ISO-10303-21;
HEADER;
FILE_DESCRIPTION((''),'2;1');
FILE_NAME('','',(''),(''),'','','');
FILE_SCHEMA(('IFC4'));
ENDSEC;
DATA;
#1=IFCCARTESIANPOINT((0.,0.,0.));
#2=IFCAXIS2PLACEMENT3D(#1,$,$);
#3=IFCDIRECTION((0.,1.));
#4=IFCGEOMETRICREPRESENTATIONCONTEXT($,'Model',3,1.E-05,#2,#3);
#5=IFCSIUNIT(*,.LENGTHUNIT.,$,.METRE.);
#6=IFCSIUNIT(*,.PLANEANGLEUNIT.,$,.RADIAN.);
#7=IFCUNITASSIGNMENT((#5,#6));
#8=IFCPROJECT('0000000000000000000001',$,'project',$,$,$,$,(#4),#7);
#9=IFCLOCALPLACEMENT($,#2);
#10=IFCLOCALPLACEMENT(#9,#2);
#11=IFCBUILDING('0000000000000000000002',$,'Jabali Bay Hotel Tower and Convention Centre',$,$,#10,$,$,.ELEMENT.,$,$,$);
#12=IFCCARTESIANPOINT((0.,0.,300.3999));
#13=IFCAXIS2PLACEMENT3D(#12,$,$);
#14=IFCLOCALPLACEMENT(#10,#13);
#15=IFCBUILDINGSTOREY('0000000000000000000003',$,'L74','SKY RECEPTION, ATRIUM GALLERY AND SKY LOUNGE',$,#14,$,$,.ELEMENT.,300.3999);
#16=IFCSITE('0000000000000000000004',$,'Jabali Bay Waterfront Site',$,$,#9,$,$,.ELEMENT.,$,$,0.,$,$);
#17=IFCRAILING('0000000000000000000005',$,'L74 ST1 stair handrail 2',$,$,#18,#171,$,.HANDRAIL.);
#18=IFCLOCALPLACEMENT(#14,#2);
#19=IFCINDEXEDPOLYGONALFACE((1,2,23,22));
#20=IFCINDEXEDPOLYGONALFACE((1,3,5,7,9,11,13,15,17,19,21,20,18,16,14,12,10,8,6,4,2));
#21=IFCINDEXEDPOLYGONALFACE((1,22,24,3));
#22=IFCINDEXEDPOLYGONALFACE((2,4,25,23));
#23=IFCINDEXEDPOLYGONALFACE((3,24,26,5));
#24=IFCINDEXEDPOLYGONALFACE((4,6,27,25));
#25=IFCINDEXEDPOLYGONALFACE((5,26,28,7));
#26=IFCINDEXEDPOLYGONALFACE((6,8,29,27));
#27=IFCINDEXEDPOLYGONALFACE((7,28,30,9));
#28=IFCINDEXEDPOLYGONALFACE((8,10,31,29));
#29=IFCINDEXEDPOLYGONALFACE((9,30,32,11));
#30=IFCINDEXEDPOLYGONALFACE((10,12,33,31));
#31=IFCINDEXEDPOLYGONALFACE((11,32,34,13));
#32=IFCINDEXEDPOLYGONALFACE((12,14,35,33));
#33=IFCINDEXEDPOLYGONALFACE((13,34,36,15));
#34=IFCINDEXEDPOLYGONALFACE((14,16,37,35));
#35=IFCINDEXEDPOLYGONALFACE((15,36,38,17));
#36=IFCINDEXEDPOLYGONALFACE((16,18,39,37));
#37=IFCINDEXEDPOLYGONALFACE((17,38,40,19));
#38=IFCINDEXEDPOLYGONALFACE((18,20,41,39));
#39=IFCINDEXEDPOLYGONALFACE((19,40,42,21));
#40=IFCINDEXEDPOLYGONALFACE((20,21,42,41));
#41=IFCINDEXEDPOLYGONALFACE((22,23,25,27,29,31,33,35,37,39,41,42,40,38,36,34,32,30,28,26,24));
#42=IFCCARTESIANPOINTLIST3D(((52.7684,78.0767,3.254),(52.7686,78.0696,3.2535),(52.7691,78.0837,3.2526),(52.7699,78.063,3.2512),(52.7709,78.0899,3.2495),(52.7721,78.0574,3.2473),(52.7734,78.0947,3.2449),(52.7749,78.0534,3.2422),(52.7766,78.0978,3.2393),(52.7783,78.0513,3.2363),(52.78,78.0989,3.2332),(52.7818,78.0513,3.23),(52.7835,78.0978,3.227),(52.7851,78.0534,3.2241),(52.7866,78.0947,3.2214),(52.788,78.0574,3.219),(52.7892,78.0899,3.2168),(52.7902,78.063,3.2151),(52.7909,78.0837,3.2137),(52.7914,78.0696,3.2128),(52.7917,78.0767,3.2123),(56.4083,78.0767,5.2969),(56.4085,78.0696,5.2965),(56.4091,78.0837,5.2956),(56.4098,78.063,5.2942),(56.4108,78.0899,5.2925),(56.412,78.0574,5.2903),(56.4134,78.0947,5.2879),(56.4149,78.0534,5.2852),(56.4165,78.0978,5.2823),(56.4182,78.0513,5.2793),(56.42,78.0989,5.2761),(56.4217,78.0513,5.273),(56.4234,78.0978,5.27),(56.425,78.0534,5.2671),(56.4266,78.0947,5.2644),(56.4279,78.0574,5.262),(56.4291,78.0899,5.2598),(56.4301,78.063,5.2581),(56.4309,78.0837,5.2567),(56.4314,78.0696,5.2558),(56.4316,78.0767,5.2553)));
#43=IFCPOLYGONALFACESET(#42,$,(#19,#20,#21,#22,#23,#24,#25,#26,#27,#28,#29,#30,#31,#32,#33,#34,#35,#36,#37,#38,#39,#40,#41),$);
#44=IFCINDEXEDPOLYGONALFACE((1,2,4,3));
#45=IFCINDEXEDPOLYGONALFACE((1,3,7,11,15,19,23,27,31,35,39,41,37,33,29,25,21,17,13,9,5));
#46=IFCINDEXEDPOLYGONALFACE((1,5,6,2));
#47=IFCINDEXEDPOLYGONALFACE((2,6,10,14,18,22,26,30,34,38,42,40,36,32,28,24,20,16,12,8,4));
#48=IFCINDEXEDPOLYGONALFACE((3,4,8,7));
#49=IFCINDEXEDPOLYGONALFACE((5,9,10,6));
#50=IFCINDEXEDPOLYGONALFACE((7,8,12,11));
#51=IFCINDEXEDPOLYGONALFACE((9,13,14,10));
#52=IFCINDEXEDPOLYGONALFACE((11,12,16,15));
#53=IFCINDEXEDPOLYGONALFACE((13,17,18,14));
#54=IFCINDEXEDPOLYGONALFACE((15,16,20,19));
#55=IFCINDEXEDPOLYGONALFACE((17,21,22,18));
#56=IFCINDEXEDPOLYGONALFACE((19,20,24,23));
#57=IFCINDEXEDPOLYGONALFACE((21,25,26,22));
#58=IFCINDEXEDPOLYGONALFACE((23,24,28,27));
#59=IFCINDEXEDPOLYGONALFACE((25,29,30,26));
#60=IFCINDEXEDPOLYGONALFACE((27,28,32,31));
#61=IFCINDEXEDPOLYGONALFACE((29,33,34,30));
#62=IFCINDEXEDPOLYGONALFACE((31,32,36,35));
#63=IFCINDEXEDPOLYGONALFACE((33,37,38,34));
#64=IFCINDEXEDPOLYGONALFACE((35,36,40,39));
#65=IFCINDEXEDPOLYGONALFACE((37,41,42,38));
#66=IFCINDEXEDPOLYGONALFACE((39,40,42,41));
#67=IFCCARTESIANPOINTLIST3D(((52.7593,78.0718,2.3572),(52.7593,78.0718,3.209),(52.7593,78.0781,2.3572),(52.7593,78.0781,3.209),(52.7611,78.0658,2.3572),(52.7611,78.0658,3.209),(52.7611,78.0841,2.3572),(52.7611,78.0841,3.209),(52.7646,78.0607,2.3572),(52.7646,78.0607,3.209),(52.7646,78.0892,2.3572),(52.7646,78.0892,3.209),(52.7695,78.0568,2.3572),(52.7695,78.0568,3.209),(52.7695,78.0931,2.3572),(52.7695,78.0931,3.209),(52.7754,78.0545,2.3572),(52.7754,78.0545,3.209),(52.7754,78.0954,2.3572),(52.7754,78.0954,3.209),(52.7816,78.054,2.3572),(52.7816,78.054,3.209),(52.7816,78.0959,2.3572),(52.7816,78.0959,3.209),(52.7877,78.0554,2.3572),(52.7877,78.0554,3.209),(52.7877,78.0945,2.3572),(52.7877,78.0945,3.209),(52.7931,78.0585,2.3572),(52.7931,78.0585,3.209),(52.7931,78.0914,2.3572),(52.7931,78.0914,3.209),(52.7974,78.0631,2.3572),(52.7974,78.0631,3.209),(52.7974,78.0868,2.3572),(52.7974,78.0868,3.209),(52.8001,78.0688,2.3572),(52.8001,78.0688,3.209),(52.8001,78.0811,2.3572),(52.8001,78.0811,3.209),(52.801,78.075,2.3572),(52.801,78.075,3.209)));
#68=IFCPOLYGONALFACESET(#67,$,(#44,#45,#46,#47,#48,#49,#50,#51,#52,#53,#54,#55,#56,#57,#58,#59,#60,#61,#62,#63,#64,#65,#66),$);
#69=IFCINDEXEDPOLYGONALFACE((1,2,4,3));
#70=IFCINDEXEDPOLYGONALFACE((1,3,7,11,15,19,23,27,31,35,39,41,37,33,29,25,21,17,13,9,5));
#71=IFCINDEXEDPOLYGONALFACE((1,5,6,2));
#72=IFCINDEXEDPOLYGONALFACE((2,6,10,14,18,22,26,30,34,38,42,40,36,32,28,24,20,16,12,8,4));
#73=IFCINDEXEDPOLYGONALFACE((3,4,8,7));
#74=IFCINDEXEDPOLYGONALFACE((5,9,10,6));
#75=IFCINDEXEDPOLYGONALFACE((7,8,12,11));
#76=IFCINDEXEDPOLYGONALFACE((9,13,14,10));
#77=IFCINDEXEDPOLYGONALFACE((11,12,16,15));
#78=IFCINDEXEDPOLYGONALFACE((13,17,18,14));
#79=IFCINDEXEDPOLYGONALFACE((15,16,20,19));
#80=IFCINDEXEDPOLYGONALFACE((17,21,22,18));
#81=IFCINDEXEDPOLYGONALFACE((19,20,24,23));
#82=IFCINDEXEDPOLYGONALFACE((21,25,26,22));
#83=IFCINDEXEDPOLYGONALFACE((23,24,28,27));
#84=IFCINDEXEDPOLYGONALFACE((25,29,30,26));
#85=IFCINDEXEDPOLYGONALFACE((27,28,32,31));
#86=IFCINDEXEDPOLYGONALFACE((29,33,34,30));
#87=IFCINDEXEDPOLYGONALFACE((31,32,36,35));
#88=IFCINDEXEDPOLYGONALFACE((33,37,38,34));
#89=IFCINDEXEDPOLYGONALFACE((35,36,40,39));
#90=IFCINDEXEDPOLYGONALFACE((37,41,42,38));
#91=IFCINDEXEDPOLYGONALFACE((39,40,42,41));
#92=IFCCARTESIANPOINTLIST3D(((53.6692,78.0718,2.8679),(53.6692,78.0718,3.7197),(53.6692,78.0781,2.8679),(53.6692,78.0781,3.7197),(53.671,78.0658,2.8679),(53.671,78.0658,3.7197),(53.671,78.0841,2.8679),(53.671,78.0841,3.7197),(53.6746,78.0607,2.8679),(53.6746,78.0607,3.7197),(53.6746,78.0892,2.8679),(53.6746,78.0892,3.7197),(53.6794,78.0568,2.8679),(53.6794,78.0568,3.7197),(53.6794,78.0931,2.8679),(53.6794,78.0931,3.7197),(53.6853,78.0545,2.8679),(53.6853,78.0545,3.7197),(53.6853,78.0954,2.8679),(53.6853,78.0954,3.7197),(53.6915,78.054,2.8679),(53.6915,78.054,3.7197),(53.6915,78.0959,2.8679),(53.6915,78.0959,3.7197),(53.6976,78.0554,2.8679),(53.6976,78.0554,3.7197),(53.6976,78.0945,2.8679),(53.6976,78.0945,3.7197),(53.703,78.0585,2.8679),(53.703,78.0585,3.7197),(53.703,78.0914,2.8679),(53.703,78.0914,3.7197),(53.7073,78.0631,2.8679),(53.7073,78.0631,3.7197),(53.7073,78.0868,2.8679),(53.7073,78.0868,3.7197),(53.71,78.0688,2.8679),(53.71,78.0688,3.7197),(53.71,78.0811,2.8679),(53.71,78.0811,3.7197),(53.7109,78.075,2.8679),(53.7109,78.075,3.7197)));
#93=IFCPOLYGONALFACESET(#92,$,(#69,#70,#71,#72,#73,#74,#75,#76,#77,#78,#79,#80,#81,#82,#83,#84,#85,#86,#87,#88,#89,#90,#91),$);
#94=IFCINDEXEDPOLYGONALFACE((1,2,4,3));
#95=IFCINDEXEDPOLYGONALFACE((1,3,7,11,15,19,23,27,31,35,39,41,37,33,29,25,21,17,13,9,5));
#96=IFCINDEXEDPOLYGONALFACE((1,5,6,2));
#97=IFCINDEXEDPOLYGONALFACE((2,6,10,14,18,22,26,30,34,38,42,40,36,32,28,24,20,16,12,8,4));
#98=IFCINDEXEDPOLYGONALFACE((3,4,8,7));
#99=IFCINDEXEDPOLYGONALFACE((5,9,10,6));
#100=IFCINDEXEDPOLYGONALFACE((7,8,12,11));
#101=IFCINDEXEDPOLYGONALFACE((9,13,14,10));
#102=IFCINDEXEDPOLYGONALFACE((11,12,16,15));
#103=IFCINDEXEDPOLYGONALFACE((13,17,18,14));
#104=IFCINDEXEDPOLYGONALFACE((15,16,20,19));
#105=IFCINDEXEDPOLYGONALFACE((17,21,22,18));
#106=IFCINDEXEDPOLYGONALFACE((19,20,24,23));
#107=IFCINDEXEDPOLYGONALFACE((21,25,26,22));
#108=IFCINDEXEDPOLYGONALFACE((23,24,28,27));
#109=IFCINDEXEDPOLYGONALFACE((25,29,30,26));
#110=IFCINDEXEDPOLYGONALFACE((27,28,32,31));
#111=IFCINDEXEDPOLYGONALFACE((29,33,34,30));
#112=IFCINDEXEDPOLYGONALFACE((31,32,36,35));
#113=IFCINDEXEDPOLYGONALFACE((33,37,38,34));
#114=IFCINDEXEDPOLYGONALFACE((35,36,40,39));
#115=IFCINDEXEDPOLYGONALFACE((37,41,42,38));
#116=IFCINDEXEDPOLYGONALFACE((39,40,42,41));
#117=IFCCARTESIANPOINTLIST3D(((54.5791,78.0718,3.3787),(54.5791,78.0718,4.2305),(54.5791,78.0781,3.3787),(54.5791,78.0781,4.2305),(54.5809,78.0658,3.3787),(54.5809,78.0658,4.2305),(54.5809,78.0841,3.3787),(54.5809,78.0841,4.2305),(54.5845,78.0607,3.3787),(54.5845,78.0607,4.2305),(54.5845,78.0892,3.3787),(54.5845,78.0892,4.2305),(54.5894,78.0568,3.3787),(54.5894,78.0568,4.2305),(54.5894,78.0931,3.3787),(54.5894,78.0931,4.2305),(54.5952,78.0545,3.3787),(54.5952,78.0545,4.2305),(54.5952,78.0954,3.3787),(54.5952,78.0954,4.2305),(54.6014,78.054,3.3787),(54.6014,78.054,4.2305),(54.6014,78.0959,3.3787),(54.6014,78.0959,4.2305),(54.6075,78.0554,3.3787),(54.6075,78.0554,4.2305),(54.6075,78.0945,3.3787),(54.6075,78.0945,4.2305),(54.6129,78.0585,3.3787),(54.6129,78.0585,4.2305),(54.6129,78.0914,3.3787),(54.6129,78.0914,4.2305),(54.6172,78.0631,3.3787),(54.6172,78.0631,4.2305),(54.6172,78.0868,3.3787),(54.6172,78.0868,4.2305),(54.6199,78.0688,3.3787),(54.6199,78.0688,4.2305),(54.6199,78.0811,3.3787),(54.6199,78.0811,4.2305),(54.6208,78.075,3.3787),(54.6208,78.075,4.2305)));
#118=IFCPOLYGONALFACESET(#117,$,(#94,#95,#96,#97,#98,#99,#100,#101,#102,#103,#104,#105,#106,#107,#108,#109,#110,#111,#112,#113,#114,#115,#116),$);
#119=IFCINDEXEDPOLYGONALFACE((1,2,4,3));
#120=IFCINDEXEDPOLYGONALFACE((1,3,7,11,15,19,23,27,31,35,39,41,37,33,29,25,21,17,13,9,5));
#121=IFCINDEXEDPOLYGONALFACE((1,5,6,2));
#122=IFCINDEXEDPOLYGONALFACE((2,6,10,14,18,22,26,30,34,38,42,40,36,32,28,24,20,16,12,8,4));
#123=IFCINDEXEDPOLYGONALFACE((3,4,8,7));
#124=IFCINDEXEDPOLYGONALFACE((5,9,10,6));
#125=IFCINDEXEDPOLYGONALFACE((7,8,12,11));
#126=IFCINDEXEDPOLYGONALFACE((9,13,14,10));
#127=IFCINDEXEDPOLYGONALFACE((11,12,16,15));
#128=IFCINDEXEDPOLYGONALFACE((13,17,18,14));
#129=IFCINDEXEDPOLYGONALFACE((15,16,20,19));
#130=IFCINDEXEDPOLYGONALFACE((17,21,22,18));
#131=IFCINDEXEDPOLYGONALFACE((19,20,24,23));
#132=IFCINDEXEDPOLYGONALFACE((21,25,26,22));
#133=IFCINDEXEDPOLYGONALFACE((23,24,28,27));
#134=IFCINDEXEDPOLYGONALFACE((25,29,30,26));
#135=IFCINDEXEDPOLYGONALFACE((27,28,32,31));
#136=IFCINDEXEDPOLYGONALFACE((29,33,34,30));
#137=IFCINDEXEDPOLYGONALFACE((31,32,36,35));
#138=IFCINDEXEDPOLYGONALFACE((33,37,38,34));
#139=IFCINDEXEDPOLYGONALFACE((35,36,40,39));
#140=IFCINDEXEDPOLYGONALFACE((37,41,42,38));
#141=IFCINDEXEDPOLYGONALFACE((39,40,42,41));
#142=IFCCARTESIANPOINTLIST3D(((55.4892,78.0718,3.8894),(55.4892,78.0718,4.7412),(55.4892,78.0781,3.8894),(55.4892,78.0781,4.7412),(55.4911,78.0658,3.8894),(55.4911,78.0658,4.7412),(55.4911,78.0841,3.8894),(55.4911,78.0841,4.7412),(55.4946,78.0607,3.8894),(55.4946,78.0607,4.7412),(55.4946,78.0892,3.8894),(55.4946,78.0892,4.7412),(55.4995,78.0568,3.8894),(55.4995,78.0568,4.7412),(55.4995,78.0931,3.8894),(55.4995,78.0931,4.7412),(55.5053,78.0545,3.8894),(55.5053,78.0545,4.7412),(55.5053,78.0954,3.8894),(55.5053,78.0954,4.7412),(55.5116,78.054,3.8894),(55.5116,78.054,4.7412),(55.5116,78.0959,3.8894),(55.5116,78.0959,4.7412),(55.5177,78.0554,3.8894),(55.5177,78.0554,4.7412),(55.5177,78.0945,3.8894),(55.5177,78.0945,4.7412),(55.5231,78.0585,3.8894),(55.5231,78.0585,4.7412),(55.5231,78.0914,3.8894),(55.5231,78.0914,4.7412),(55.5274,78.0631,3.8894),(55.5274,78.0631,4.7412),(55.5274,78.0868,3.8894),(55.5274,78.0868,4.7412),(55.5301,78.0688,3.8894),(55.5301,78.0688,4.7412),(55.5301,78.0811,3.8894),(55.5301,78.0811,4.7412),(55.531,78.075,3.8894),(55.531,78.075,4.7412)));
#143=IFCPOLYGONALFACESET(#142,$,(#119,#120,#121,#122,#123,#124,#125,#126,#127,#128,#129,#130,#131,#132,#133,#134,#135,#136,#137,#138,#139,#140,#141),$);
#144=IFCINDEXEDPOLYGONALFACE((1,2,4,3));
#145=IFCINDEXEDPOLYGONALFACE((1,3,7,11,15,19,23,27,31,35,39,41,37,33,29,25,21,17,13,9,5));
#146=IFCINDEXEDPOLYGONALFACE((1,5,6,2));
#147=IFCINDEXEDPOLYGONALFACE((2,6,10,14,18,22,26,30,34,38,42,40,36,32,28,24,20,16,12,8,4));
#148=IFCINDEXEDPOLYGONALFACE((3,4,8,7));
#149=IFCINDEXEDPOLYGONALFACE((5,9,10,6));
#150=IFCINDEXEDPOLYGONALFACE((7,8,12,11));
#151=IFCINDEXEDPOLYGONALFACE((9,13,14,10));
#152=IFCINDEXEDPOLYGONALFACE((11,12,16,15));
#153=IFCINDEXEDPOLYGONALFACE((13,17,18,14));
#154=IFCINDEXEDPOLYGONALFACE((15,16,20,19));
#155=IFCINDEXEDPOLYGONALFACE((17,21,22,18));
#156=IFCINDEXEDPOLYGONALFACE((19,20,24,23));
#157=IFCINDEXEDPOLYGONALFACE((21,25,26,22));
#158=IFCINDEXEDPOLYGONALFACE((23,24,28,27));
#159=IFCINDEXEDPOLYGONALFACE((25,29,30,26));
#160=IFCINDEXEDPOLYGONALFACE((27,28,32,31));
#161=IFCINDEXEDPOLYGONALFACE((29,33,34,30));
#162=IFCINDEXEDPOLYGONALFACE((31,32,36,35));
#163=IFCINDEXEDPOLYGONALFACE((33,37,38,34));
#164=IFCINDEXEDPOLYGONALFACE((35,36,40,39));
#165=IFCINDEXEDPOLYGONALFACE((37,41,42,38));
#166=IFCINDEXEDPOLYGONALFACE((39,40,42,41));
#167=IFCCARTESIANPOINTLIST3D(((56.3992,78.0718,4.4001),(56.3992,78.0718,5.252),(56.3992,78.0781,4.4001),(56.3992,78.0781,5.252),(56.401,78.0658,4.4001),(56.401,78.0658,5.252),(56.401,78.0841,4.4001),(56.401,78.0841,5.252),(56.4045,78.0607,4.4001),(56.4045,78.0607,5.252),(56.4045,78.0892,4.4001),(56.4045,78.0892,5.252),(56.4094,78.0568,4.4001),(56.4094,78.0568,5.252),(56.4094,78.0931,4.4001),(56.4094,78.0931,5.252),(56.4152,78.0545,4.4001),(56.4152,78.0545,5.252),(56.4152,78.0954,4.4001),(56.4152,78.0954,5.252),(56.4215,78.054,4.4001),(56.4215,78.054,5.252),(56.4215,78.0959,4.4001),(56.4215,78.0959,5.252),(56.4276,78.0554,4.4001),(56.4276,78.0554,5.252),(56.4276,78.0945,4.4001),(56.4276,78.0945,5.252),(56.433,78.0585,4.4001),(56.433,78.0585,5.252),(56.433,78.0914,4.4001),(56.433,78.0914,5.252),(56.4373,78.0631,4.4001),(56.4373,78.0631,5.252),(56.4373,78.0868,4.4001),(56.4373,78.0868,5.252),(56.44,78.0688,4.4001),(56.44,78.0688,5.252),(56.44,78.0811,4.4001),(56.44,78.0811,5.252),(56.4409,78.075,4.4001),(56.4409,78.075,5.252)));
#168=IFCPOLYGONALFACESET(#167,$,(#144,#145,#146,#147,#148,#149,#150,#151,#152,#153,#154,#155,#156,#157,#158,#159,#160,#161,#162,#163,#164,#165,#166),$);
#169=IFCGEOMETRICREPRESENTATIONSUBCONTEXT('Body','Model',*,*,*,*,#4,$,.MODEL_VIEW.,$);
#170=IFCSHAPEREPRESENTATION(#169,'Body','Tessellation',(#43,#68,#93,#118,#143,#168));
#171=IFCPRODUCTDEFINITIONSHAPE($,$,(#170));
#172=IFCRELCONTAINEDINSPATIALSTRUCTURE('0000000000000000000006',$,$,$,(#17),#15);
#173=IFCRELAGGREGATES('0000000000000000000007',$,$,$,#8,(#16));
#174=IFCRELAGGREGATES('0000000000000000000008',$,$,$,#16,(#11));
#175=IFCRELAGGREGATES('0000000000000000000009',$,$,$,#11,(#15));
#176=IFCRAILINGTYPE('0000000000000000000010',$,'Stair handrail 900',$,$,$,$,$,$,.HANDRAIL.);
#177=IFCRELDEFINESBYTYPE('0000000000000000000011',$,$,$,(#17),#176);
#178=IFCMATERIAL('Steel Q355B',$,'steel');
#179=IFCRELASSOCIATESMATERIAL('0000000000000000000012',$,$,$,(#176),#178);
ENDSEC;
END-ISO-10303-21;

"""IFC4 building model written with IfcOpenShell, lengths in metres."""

from ifc_helpers import new_model, si_unit, direction, frame, origin, origin_2d, place, context, subcontext, project, spatial, circle, extrude, material, type_object, element, save


model = new_model("IFC4")

# Units and contexts
model_context = context("Model", 3, precision=1e-05, world=origin(), true_north=direction((0.0, 1.0)))
body_context = subcontext(model_context, "Body", "Model", "MODEL_VIEW")
ifc_project = project(units=[si_unit("LENGTHUNIT", "METRE"), si_unit("PLANEANGLEUNIT", "RADIAN")], contexts=[model_context])

# Site, building, storey
site_placement = place(None, origin())
site = spatial("IfcSite", under=ifc_project, at=site_placement, Name="Jabali Bay Waterfront Site", CompositionType="ELEMENT", RefElevation=0.0)
building_placement = place(site_placement, origin())
building = spatial("IfcBuilding", under=site, at=building_placement, Name="Jabali Bay Hotel Tower and Convention Centre", CompositionType="ELEMENT")
storey_placement = place(building_placement, frame((0.0, 0.0, 300.3999)))
storey = spatial("IfcBuildingStorey", under=building, at=storey_placement, Name="L74", Description="SKY RECEPTION, ATRIUM GALLERY AND SKY LOUNGE", CompositionType="ELEMENT", Elevation=300.3999)

# Railing
ifc_material_1 = material(Name="Steel Q355B", Category="steel")
railing_type = type_object("IfcRailingType", Name="Stair handrail 900", PredefinedType="HANDRAIL", material=ifc_material_1)
railing_placement = place(storey_placement, frame((52.78, 78.075, 2.3572)))
element("IfcRailing", 1, at=railing_placement, inside=storey, type_object=railing_type, Name="L74 ST1 stair handrail 2", PredefinedType="HANDRAIL", context=body_context, shape_type="SweptSolid", body=[
    extrude(circle(Radius=0.0239, at=origin_2d()), frame((0.0, 0.0, 0.876), z_axis=(0.872033, 0.0, 0.489447), x_axis=(0.0, 1.0, 0.0)), (0.0, 0.0, 1.0), 4.1741),
    extrude(circle(Radius=0.021, at=origin_2d()), origin(), (0.0, 0.0, 1.0), 0.8518),
    extrude(circle(Radius=0.021, at=origin_2d()), frame((0.9099, 0.0, 0.5107)), (0.0, 0.0, 1.0), 0.8518),
    extrude(circle(Radius=0.021, at=origin_2d()), frame((1.8198, 0.0, 1.0215)), (0.0, 0.0, 1.0), 0.8518),
    extrude(circle(Radius=0.021, at=origin_2d()), frame((2.73, 0.0, 1.5322)), (0.0, 0.0, 1.0), 0.8518),
    extrude(circle(Radius=0.021, at=origin_2d()), frame((3.6399, 0.0, 2.043)), (0.0, 0.0, 1.0), 0.8518),
])

save(model, "model.ifc")
